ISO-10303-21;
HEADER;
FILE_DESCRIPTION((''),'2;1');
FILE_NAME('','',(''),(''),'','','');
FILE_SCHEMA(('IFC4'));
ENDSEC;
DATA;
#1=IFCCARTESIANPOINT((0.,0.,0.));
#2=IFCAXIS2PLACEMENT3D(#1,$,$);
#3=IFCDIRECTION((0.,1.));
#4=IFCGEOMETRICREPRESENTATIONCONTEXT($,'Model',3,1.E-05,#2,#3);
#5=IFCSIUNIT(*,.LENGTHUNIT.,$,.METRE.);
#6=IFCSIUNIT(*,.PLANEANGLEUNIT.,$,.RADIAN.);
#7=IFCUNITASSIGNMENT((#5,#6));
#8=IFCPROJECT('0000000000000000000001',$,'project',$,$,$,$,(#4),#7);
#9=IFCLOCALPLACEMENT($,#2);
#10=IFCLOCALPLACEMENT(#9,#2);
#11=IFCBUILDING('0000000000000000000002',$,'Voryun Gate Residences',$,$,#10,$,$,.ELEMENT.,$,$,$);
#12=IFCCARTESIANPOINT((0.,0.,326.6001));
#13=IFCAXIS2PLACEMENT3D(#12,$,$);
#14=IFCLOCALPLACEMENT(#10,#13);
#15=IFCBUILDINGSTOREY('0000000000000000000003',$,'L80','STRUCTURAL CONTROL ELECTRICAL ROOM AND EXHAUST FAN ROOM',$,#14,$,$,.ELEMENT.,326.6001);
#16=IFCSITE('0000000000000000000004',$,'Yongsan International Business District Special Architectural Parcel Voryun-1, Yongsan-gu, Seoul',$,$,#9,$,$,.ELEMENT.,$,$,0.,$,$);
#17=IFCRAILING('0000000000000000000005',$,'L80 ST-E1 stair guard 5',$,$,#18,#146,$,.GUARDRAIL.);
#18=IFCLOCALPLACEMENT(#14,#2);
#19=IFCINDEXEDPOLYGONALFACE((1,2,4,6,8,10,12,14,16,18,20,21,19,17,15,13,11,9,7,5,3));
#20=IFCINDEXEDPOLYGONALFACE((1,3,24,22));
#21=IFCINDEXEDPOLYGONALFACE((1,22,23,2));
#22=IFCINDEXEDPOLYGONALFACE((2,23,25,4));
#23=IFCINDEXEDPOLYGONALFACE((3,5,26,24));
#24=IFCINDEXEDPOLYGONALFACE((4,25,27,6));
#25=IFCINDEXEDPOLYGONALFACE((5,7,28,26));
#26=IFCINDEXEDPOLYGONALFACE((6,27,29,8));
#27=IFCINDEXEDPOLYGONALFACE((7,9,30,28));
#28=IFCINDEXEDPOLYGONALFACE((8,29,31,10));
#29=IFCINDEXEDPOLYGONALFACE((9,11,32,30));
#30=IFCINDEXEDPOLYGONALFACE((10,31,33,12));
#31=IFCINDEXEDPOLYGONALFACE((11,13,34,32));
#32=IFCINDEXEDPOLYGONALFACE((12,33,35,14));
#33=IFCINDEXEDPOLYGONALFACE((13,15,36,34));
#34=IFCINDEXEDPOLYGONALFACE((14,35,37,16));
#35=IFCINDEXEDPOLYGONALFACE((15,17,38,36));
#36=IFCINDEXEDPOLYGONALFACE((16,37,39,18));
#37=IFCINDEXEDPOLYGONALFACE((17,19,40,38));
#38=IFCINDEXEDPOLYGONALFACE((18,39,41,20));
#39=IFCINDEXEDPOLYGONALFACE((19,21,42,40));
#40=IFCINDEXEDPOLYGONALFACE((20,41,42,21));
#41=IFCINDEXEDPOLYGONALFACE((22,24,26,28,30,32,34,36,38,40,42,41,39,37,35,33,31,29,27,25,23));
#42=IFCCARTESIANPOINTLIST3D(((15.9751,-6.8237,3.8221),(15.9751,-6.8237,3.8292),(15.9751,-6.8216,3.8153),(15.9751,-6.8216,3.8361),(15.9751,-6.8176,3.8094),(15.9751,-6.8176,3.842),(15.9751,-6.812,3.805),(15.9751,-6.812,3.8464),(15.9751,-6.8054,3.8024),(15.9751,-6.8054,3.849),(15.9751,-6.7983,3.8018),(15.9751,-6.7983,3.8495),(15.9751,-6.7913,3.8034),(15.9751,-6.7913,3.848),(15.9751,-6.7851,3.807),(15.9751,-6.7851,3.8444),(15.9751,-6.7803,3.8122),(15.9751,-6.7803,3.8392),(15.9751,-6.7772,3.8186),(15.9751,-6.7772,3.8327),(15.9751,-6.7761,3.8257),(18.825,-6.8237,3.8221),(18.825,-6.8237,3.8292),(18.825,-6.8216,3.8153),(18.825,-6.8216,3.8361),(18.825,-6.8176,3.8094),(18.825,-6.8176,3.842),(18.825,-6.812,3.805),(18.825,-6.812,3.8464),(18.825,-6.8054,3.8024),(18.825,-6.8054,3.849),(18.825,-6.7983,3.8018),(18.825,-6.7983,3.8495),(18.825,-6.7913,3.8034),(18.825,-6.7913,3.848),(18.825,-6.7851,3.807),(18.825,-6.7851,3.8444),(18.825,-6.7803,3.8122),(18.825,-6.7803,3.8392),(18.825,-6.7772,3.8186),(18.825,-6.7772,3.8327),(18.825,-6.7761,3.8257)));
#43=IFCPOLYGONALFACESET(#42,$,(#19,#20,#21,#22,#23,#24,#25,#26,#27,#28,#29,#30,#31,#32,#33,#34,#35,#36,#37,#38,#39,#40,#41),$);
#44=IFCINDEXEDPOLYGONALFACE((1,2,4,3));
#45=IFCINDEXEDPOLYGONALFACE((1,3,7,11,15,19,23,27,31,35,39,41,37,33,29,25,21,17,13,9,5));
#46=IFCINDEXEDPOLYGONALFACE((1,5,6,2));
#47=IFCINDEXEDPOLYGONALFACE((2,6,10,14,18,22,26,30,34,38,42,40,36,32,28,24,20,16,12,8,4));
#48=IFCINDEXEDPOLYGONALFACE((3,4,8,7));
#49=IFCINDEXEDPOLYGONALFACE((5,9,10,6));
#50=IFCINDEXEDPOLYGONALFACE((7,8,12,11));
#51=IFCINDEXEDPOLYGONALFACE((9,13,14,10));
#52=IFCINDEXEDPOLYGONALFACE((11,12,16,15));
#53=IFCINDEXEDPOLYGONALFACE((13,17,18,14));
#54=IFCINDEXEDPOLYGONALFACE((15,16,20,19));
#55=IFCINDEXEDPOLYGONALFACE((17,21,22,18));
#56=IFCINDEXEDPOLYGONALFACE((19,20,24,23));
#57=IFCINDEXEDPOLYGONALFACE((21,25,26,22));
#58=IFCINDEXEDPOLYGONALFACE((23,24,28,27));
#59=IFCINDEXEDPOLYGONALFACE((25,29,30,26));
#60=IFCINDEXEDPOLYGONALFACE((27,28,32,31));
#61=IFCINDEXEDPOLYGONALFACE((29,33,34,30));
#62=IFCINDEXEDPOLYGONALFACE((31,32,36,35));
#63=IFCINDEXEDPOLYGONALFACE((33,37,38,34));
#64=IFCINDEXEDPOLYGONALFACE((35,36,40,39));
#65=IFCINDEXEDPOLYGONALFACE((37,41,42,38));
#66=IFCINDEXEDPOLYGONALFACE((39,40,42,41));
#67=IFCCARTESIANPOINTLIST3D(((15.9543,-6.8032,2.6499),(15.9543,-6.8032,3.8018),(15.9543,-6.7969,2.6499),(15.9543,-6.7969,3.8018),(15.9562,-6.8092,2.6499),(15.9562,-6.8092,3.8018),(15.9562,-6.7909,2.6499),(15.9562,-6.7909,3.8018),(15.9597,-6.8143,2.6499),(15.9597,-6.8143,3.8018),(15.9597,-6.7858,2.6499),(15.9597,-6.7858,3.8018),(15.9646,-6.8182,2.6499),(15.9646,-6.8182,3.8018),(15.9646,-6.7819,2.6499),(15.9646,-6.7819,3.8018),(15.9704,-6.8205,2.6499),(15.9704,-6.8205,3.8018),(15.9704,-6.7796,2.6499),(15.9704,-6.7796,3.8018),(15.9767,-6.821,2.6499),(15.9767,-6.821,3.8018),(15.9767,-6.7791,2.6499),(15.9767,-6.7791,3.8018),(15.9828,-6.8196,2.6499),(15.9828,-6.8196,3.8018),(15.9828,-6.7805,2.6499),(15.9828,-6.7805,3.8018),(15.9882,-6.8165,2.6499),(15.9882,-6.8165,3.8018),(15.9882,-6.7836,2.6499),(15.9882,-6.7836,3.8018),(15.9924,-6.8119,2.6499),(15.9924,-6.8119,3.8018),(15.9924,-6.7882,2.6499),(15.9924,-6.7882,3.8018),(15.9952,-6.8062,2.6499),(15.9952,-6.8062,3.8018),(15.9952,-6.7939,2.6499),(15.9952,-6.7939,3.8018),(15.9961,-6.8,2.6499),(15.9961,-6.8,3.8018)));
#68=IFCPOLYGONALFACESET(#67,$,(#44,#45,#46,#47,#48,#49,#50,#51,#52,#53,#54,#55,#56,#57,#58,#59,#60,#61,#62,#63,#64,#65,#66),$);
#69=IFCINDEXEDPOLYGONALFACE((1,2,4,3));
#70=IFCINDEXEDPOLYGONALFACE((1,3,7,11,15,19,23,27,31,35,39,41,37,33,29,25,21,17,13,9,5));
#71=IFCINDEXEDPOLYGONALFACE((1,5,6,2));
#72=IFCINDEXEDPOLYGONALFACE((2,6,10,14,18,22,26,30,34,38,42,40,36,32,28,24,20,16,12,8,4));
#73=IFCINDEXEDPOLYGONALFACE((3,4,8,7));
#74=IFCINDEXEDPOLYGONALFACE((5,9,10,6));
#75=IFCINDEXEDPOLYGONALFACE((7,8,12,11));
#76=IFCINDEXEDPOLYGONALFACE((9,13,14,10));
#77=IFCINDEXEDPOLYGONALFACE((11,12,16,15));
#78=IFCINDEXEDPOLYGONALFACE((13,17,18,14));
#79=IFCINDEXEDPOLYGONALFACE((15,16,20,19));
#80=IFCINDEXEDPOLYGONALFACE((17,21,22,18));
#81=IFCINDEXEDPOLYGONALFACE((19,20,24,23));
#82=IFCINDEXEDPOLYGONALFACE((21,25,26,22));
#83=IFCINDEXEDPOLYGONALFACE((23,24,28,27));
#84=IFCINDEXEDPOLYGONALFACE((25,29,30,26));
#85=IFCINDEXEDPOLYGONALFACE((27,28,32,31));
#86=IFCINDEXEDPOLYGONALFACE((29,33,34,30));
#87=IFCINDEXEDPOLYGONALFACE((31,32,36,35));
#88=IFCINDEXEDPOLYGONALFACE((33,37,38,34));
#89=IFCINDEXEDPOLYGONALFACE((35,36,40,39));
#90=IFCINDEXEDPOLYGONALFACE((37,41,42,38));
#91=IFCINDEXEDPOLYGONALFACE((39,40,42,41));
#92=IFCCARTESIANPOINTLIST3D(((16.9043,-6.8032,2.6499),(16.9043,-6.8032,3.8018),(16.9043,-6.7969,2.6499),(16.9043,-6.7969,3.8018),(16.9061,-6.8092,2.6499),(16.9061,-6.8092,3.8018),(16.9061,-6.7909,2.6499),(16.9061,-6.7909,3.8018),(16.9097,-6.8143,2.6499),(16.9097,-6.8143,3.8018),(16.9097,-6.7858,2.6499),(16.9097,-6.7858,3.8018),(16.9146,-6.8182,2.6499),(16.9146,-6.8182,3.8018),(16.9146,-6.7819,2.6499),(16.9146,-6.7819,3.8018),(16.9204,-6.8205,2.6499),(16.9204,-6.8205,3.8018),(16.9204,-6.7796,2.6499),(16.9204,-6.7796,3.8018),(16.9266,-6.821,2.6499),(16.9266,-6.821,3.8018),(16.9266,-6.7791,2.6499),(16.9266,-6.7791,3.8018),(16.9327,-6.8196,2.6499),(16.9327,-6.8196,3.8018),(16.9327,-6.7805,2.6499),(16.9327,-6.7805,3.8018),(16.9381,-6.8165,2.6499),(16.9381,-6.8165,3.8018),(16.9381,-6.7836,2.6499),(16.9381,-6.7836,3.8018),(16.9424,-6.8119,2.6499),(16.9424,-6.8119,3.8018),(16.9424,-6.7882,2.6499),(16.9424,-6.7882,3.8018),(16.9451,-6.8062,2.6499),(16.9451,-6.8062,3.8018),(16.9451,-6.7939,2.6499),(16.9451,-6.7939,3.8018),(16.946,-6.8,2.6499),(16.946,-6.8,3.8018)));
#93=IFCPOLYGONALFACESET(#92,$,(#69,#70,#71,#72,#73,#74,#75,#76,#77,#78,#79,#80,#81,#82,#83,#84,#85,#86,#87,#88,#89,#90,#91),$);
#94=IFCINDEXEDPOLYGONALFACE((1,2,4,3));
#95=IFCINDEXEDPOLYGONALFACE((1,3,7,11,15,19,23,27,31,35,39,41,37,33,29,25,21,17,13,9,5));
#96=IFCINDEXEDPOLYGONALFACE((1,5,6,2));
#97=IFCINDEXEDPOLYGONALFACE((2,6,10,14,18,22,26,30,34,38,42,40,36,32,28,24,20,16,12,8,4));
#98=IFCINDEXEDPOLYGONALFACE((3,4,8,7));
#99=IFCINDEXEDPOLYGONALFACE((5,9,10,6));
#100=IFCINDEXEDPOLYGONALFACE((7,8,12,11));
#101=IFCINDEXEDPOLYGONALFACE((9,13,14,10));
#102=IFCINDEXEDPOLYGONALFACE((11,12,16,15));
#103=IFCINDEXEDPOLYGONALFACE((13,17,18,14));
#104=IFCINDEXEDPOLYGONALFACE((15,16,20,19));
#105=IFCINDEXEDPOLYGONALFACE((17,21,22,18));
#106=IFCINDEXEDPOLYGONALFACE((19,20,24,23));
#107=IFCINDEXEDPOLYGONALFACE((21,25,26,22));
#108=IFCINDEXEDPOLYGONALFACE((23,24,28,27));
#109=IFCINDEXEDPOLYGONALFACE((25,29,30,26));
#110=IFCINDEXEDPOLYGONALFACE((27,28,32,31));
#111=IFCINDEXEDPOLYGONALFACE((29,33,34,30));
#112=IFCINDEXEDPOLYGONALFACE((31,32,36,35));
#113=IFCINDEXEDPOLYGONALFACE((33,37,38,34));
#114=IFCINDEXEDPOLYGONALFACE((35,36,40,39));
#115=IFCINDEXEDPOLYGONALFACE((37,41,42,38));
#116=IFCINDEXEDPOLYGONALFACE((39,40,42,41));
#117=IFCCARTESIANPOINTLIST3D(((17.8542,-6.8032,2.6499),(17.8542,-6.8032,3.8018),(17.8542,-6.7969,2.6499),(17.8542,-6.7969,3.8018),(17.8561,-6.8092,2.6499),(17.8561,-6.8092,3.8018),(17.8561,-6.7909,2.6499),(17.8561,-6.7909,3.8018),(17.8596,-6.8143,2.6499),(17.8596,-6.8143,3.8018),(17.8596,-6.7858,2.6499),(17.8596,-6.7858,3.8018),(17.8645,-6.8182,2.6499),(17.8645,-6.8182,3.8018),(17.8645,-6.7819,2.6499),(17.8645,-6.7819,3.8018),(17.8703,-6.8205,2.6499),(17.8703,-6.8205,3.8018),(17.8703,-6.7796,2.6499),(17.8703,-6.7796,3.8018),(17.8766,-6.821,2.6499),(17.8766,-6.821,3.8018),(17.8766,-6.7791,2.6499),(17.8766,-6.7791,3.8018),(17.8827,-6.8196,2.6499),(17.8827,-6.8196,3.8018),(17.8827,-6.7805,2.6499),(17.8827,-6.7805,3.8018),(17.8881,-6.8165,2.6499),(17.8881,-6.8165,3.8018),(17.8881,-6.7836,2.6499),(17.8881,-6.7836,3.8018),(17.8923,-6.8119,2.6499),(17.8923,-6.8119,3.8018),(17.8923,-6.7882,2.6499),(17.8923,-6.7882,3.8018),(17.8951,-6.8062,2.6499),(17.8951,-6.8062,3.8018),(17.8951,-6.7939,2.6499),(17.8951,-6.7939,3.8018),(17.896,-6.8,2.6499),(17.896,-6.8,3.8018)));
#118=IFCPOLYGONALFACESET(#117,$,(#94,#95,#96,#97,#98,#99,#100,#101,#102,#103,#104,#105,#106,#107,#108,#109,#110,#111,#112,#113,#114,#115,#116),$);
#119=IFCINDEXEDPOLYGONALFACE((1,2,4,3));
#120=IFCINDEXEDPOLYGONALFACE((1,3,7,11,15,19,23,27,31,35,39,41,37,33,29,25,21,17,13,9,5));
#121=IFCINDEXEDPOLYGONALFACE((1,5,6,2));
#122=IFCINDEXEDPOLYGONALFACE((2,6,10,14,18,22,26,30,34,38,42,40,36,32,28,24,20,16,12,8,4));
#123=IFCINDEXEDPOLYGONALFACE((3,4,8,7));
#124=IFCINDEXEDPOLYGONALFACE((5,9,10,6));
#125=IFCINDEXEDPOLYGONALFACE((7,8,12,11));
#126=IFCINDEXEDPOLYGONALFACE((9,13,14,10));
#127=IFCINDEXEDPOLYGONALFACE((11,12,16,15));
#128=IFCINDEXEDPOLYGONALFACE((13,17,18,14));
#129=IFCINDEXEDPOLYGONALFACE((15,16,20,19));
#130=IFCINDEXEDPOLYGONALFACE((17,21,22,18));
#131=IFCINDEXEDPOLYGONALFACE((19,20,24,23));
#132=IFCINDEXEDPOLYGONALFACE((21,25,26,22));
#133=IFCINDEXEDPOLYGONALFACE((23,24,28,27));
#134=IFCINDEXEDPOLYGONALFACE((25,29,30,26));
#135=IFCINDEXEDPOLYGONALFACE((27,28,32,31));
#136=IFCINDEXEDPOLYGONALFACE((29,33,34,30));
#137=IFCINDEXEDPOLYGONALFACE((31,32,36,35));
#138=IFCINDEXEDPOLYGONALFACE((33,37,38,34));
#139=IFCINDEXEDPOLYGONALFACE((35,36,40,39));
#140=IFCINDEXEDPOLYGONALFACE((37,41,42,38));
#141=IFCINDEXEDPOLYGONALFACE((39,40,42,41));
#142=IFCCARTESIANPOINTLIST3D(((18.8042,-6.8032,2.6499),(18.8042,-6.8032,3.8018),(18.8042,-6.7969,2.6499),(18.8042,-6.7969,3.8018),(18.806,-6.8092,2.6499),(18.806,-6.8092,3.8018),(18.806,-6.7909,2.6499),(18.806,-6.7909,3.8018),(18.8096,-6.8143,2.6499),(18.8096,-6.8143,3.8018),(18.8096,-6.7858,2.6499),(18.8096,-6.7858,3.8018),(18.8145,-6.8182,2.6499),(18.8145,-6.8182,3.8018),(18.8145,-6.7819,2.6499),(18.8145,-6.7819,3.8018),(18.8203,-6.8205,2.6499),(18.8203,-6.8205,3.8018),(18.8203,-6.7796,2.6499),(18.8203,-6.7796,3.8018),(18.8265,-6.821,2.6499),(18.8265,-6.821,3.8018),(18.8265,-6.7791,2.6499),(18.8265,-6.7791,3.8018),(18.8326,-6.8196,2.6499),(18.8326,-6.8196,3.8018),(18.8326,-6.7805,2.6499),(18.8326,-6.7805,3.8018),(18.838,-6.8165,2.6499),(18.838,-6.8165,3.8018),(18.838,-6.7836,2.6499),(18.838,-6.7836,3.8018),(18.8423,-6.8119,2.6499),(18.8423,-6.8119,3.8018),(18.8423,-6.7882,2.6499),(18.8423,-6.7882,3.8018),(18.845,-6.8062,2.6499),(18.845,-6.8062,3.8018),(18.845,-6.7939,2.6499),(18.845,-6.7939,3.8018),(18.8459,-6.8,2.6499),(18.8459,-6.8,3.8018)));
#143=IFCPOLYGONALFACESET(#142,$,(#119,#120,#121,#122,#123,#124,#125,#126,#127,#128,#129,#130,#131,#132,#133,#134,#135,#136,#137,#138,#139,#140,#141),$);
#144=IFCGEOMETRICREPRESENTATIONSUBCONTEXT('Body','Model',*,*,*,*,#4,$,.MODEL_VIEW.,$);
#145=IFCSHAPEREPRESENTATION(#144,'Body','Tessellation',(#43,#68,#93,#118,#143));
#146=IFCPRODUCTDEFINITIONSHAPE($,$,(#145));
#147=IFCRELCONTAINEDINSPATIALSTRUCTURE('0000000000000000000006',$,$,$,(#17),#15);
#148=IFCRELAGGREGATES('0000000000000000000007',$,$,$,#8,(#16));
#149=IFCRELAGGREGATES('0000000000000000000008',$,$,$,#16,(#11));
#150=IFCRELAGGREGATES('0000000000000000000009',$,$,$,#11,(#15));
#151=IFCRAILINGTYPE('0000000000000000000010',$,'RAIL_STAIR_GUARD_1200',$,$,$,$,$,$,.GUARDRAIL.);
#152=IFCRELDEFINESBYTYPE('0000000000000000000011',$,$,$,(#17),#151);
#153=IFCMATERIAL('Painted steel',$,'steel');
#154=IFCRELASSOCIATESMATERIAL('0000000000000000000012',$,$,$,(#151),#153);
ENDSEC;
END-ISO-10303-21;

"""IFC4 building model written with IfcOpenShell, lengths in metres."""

from ifc_helpers import new_model, si_unit, direction, frame, origin, origin_2d, place, context, subcontext, project, spatial, circle, extrude, material, type_object, element, save


model = new_model("IFC4")

# Units and contexts
model_context = context("Model", 3, precision=1e-05, world=origin(), true_north=direction((0.0, 1.0)))
body_context = subcontext(model_context, "Body", "Model", "MODEL_VIEW")
ifc_project = project(units=[si_unit("LENGTHUNIT", "METRE"), si_unit("PLANEANGLEUNIT", "RADIAN")], contexts=[model_context])

# Site, building, storey
site_placement = place(None, origin())
site = spatial("IfcSite", under=ifc_project, at=site_placement, Name="Yongsan International Business District Special Architectural Parcel Voryun-1, Yongsan-gu, Seoul", CompositionType="ELEMENT", RefElevation=0.0)
building_placement = place(site_placement, origin())
building = spatial("IfcBuilding", under=site, at=building_placement, Name="Voryun Gate Residences", CompositionType="ELEMENT")
storey_placement = place(building_placement, frame((0.0, 0.0, 326.6001)))
storey = spatial("IfcBuildingStorey", under=building, at=storey_placement, Name="L80", Description="STRUCTURAL CONTROL ELECTRICAL ROOM AND EXHAUST FAN ROOM", CompositionType="ELEMENT", Elevation=326.6001)

# Railing
ifc_material_1 = material(Name="Painted steel", Category="steel")
railing_type = type_object("IfcRailingType", Name="RAIL_STAIR_GUARD_1200", PredefinedType="GUARDRAIL", material=ifc_material_1)
railing_1_placement = place(storey_placement, frame((15.9751, -6.8, 2.6499)))
element("IfcRailing", 1, at=railing_1_placement, inside=storey, type_object=railing_type, Name="L80 ST-E1 stair guard 5", PredefinedType="GUARDRAIL", context=body_context, shape_type="SweptSolid", body=[
    extrude(circle(Radius=0.0239, at=origin_2d()), frame((0.0, 0.0, 1.1758), z_axis=(1.0, 0.0, 0.0), x_axis=(0.0, 1.0, 0.0)), (0.0, 0.0, 1.0), 2.8499),
    extrude(circle(Radius=0.021, at=origin_2d()), origin(), (0.0, 0.0, 1.0), 1.1519),
    extrude(circle(Radius=0.021, at=origin_2d()), frame((0.95, 0.0, 0.0)), (0.0, 0.0, 1.0), 1.1519),
    extrude(circle(Radius=0.021, at=origin_2d()), frame((1.8999, 0.0, 0.0)), (0.0, 0.0, 1.0), 1.1519),
    extrude(circle(Radius=0.021, at=origin_2d()), frame((2.8499, 0.0, 0.0)), (0.0, 0.0, 1.0), 1.1519),
])

save(model, "model.ifc")
